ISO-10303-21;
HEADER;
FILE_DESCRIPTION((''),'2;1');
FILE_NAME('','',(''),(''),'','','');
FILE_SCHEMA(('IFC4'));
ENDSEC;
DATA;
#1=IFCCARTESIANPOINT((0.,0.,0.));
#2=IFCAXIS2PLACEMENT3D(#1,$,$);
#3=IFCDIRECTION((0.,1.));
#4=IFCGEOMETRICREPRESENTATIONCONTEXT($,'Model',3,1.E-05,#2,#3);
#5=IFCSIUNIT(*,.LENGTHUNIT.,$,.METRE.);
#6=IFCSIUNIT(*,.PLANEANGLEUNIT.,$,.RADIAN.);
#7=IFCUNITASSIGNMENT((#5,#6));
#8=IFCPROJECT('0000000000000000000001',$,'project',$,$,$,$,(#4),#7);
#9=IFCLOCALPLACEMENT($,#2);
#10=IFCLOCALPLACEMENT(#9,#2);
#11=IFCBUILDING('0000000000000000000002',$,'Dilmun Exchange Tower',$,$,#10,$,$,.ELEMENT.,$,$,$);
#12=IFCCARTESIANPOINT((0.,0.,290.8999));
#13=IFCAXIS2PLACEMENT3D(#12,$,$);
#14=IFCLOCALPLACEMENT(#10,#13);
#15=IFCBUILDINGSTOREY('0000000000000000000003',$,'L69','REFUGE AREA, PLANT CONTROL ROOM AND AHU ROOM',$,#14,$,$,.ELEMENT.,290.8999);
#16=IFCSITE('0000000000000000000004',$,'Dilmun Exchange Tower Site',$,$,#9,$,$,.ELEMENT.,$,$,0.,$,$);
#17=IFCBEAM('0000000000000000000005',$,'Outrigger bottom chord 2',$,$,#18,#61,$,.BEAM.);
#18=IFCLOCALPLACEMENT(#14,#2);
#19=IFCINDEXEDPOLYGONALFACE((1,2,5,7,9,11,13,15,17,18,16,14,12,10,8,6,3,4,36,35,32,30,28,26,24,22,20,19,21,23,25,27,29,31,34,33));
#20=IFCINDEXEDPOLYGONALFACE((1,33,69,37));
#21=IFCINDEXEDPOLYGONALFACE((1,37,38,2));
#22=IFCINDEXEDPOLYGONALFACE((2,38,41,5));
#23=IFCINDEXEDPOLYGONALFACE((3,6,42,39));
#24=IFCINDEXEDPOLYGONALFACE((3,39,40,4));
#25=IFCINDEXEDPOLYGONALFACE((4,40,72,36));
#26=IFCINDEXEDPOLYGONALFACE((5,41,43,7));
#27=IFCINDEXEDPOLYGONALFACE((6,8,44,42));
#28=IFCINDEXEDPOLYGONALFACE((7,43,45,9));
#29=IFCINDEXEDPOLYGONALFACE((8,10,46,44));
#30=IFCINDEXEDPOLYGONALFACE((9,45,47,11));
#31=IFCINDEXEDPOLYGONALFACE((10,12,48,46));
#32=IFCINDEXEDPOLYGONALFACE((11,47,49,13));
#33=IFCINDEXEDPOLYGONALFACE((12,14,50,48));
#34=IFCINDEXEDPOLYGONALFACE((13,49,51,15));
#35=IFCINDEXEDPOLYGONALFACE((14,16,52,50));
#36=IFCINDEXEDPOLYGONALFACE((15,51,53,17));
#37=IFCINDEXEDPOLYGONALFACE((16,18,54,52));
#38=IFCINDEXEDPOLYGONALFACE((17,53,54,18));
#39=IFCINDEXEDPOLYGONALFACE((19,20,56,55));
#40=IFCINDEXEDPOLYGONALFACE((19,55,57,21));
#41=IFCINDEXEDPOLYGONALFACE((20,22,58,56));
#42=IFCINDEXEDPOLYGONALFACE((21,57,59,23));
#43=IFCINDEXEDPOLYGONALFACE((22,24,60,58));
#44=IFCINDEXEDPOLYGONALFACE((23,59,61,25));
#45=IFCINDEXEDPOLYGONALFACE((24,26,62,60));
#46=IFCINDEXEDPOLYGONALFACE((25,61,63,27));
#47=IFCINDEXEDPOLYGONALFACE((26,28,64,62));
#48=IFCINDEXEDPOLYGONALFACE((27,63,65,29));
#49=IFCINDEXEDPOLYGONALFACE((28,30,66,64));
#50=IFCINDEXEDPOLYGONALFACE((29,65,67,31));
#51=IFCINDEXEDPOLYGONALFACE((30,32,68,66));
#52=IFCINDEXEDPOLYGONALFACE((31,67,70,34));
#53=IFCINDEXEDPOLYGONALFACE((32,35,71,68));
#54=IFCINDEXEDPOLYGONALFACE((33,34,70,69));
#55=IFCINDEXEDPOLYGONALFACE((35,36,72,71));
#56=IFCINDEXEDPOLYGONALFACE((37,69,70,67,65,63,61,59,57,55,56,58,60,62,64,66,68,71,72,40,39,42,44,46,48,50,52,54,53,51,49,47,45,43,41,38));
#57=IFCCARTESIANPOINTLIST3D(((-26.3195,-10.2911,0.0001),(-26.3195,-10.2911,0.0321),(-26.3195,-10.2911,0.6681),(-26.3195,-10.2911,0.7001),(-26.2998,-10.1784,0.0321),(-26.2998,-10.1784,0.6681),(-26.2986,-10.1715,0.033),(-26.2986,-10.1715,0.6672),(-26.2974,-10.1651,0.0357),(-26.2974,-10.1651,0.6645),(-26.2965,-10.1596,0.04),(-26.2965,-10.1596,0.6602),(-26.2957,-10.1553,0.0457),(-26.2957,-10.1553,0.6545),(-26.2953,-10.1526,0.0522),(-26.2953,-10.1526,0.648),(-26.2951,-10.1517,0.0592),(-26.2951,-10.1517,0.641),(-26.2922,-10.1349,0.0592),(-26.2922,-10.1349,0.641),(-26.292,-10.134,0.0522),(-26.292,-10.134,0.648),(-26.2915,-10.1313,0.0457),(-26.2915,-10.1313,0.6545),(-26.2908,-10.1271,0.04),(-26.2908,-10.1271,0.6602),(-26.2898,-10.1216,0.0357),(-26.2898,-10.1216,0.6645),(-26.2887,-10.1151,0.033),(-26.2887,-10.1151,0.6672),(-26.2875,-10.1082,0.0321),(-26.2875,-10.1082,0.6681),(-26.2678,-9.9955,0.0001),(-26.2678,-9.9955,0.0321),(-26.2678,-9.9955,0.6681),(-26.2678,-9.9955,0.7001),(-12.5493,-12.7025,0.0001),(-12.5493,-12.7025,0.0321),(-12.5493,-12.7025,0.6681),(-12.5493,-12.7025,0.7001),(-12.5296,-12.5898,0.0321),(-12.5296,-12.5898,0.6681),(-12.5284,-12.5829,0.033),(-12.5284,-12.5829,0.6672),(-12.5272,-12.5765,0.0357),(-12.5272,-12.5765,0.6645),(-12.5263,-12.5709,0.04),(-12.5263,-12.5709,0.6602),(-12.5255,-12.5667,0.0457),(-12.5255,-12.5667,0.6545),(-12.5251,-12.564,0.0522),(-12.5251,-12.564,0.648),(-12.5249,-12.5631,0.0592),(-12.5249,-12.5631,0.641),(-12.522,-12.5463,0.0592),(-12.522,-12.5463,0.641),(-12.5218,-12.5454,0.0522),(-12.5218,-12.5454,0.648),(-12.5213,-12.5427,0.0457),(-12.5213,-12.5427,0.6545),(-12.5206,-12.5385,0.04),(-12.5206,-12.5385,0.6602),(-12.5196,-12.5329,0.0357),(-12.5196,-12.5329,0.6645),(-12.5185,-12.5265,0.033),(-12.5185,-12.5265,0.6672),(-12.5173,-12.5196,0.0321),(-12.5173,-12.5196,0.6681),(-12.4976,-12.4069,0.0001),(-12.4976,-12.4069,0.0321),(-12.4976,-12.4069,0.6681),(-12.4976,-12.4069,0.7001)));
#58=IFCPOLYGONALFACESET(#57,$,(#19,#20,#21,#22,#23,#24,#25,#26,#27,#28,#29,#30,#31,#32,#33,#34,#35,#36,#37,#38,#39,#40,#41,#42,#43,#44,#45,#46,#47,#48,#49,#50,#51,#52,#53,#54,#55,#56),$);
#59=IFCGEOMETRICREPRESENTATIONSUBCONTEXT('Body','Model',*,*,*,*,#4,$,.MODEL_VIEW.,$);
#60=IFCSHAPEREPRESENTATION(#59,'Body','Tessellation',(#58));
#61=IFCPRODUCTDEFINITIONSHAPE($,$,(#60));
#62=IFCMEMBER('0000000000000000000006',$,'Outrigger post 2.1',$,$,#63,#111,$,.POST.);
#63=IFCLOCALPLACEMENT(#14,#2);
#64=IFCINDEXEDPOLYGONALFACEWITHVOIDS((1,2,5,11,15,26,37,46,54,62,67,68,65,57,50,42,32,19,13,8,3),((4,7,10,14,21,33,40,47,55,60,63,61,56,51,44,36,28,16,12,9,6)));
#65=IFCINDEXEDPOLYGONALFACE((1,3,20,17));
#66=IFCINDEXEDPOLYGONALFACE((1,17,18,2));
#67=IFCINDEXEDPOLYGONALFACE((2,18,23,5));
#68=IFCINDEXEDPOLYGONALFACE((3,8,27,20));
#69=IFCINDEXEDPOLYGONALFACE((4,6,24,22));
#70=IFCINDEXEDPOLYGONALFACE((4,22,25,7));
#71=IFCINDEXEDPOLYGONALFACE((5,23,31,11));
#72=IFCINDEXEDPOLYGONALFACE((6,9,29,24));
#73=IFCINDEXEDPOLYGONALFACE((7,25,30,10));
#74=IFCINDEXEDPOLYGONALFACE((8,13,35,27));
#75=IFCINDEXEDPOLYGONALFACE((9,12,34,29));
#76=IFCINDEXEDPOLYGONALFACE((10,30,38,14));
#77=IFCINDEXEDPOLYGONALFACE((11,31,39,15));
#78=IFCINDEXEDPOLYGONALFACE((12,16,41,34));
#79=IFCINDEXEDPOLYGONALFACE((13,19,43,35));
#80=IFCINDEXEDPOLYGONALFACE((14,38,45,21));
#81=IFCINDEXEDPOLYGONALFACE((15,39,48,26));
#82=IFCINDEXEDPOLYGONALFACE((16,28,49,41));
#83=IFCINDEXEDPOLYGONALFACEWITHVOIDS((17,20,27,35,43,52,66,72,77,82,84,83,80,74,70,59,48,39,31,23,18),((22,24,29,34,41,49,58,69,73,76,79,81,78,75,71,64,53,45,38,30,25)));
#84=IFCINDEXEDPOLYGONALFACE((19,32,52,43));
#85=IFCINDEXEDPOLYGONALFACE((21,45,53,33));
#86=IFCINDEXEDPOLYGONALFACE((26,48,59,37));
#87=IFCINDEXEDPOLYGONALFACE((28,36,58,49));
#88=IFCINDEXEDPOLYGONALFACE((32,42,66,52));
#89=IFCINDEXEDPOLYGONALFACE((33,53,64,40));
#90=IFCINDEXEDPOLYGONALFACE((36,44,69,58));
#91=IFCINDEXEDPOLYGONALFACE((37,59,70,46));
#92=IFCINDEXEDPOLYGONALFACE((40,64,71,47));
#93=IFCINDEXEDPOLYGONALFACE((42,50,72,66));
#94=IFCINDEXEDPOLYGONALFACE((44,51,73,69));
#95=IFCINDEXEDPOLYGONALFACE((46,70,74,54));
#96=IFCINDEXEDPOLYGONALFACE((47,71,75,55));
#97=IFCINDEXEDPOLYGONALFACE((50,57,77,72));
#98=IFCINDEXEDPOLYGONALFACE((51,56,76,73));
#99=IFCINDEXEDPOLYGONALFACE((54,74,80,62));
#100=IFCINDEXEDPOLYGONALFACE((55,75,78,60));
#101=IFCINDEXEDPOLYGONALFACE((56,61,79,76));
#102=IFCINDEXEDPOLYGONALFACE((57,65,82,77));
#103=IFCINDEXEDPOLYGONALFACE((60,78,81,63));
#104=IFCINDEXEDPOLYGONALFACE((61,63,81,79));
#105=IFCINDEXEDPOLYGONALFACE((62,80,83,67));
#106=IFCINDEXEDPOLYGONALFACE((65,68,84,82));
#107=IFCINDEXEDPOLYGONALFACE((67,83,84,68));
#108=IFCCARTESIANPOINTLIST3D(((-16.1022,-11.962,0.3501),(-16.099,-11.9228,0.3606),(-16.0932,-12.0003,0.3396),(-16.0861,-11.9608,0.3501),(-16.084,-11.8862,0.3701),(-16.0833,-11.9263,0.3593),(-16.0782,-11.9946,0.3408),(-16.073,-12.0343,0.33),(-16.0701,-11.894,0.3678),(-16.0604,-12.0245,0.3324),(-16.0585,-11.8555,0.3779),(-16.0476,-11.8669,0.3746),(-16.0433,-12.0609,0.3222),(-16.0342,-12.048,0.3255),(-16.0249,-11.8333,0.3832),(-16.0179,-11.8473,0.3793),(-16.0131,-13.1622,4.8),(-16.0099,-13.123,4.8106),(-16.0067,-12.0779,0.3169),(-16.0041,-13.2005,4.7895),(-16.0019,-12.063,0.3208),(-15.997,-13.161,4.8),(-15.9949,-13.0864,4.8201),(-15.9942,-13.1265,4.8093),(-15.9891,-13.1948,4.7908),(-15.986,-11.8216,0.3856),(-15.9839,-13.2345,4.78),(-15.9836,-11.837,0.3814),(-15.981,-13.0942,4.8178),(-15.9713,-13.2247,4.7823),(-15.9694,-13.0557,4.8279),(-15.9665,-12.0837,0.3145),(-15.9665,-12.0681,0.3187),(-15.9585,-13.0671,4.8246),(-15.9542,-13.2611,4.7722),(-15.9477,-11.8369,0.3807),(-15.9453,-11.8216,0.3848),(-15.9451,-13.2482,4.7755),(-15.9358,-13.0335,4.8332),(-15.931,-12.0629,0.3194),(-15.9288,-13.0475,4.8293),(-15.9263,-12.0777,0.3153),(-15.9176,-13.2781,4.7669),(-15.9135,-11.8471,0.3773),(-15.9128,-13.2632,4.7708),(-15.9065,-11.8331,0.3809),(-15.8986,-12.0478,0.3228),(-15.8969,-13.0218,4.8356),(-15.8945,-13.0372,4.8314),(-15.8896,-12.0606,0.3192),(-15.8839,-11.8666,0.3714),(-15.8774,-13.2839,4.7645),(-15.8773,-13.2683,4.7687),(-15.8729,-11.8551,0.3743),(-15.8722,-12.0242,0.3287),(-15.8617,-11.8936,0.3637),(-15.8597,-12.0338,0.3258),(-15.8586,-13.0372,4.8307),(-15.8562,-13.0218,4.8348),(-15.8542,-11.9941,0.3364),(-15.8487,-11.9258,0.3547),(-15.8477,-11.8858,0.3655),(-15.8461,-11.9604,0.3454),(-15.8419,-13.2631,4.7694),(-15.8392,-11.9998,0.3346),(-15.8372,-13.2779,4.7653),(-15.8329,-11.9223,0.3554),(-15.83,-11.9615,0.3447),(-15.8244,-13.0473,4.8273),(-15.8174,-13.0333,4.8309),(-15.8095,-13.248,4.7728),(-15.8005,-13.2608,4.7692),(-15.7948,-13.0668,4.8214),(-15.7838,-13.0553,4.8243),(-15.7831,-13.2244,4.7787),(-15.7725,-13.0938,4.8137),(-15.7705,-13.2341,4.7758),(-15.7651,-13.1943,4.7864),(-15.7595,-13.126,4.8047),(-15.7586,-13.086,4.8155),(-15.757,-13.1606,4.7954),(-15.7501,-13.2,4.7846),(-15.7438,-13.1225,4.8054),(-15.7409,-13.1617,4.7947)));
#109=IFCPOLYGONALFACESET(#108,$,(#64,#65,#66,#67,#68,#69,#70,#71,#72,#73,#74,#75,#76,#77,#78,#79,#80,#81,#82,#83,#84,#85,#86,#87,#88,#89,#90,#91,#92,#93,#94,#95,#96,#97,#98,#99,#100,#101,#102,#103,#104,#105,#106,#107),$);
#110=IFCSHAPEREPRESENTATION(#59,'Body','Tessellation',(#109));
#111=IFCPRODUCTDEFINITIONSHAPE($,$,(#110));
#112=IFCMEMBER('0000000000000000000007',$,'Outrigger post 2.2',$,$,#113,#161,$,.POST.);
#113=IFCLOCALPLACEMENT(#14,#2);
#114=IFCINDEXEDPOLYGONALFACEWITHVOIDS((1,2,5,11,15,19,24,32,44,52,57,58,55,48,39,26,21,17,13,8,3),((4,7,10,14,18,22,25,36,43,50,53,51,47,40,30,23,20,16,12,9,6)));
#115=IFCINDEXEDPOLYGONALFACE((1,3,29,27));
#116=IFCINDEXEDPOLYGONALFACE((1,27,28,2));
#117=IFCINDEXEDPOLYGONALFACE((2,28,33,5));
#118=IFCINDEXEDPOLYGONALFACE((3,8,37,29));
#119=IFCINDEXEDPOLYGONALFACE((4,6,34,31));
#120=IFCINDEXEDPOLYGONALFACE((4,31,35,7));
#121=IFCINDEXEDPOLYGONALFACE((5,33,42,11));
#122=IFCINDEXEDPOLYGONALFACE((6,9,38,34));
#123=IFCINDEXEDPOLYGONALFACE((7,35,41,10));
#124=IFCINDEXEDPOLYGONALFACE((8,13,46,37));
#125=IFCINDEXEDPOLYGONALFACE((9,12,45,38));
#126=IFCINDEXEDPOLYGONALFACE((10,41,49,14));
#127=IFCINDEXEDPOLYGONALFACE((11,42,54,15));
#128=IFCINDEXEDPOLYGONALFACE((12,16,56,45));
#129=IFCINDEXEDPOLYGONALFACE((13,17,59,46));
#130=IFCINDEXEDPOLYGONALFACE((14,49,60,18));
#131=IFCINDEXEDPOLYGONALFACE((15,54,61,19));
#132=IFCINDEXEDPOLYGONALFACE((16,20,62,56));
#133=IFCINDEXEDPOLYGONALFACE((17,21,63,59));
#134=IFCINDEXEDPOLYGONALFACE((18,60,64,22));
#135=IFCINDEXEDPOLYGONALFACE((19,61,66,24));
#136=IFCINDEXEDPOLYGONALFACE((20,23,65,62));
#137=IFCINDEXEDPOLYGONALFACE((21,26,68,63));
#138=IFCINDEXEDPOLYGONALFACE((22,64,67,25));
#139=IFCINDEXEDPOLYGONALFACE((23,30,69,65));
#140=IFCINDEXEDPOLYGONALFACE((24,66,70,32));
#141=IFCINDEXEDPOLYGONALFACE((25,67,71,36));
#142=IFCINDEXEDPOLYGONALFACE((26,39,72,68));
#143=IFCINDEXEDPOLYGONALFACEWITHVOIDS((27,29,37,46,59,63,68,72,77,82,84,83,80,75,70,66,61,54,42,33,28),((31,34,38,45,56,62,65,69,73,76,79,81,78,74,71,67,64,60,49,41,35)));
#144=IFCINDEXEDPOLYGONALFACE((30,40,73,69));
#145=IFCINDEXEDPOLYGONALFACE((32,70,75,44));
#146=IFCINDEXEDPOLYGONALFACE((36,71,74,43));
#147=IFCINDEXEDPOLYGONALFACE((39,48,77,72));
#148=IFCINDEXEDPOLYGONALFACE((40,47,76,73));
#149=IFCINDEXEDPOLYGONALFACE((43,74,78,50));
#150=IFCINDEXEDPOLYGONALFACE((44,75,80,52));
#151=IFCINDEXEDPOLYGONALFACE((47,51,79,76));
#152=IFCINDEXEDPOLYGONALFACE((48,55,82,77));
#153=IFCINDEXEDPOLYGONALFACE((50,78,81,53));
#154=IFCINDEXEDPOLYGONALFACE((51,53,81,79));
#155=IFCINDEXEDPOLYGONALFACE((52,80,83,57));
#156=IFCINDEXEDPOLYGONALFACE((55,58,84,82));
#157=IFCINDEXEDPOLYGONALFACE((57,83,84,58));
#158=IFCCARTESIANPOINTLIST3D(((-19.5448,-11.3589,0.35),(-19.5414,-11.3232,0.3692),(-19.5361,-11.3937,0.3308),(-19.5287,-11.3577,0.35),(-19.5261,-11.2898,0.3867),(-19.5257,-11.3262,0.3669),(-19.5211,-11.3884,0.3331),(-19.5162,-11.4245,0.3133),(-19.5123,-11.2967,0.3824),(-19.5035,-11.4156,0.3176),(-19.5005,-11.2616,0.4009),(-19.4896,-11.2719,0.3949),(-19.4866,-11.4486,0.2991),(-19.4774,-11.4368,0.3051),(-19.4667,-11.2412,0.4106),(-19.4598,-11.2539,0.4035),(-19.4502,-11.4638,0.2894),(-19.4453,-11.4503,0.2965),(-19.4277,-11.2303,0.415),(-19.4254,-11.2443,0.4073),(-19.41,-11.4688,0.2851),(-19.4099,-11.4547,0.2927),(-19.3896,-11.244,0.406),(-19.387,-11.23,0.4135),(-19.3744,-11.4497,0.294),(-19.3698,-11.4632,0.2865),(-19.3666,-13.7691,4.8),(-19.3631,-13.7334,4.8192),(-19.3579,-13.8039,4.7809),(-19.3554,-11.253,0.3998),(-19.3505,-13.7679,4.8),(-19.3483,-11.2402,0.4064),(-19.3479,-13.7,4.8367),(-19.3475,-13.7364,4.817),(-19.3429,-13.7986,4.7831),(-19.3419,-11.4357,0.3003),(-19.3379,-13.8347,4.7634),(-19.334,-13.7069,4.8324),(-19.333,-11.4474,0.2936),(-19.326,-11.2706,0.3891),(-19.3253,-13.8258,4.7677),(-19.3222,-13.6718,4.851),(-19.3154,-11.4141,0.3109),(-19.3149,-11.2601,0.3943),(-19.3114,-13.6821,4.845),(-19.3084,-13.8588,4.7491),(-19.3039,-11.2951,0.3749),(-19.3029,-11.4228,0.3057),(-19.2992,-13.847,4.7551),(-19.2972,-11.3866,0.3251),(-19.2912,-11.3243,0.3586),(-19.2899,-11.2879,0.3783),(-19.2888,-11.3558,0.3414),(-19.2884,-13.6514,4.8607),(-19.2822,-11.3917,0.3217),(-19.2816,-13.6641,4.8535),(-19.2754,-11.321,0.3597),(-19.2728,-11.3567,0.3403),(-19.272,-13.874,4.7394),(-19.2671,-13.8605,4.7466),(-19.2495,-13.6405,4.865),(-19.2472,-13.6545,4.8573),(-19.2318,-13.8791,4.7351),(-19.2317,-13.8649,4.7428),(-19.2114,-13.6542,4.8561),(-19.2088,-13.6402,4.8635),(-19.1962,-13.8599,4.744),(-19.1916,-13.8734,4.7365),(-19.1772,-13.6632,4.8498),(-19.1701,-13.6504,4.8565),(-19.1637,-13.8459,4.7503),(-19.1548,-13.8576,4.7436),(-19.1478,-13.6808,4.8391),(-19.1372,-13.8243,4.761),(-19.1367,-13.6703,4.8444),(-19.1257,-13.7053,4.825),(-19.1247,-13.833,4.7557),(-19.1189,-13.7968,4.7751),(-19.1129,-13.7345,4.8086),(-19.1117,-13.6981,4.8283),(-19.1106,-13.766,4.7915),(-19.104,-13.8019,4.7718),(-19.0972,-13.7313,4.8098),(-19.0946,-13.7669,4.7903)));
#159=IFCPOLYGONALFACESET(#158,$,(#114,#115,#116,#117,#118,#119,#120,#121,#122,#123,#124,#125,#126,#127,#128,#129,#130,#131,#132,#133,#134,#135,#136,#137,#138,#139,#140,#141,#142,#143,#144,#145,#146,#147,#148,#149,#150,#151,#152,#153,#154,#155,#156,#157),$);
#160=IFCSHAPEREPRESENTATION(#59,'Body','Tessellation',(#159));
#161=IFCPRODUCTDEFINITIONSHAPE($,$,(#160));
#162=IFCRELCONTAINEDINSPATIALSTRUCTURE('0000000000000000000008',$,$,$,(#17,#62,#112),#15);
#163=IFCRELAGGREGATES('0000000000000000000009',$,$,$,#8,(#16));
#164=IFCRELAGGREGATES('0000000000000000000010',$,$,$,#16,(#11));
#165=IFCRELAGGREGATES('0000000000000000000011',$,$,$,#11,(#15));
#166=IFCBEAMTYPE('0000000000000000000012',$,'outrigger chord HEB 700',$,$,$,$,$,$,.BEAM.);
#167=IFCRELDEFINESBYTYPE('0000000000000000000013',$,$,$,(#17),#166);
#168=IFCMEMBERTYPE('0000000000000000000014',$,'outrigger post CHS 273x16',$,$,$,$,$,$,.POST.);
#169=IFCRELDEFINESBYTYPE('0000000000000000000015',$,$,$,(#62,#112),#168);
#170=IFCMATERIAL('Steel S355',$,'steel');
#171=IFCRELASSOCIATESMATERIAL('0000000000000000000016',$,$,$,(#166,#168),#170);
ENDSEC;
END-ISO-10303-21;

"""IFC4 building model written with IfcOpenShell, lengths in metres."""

from ifc_helpers import new_model, si_unit, direction, frame, origin, origin_2d, place, context, subcontext, project, spatial, hollow_circle, i_section, extrude, material, material_profile, profile_set, type_object, element, save


model = new_model("IFC4")

# Units and contexts
model_context = context("Model", 3, precision=1e-05, world=origin(), true_north=direction((0.0, 1.0)))
body_context = subcontext(model_context, "Body", "Model", "MODEL_VIEW")
ifc_project = project(units=[si_unit("LENGTHUNIT", "METRE"), si_unit("PLANEANGLEUNIT", "RADIAN")], contexts=[model_context])

# Site, building, storey
site_placement = place(None, origin())
site = spatial("IfcSite", under=ifc_project, at=site_placement, Name="Dilmun Exchange Tower Site", CompositionType="ELEMENT", RefElevation=0.0)
building_placement = place(site_placement, origin())
building = spatial("IfcBuilding", under=site, at=building_placement, Name="Dilmun Exchange Tower", CompositionType="ELEMENT")
storey_placement = place(building_placement, frame((0.0, 0.0, 290.8999)))
storey = spatial("IfcBuildingStorey", under=building, at=storey_placement, Name="L69", Description="REFUGE AREA, PLANT CONTROL ROOM AND AHU ROOM", CompositionType="ELEMENT", Elevation=290.8999)

# Beam
ifc_material_1 = material(Name="Steel S355", Category="steel")
ifc_material_profile_1 = material_profile(ifc_material_1, i_section(OverallWidth=0.3, OverallDepth=0.7, WebThickness=0.0171, FlangeThickness=0.032, FilletRadius=0.0271, at=origin_2d()), Name="HEB 700")
ifc_profile_set_1 = profile_set([ifc_material_profile_1], Name="Steel S355")
beam_type = type_object("IfcBeamType", Name="outrigger chord HEB 700", PredefinedType="BEAM", material=ifc_profile_set_1)
beam_placement = place(storey_placement, frame((-12.5234, -12.5547, 0.3501), z_axis=(-0.985011, 0.17249, 0.0), x_axis=(-0.17249, -0.985011, 0.0)))
element("IfcBeam", 1, at=beam_placement, inside=storey, type_object=beam_type, Name="Outrigger bottom chord 2", PredefinedType="BEAM", context=body_context, shape_type="SweptSolid", body=[
    extrude(i_section(OverallWidth=0.3, OverallDepth=0.7, WebThickness=0.0171, FlangeThickness=0.032, FilletRadius=0.0271, at=origin_2d()), origin(), (0.0, 0.0, 1.0), 13.9797),
])

# Members
ifc_material_profile_2 = material_profile(ifc_material_1, hollow_circle(Radius=0.1365, WallThickness=0.0161, at=origin_2d()), Name="CHS 273x16")
ifc_profile_set_2 = profile_set([ifc_material_profile_2], Name="Steel S355")
member_type_1 = type_object("IfcMemberType", Name="outrigger post CHS 273x16", PredefinedType="POST", material=ifc_profile_set_2)
member_1_placement = place(storey_placement, frame((-15.877, -13.1521, 4.8), z_axis=(-0.019331, 0.260356, -0.965319), x_axis=(-0.997255, -0.074044, 0.0)))
element("IfcMember", 2, at=member_1_placement, inside=storey, type_object=member_type_1, Name="Outrigger post 2.1", PredefinedType="POST", context=body_context, shape_type="SweptSolid", body=[
    extrude(hollow_circle(Radius=0.1365, WallThickness=0.0161, at=origin_2d()), origin(), (0.0, 0.0, 1.0), 4.6099),
])
member_2_placement = place(storey_placement, frame((-19.2305, -13.759, 4.8), z_axis=(-0.035195, 0.475952, -0.878767), x_axis=(-0.997277, -0.073745, 0.0)))
element("IfcMember", 3, at=member_2_placement, inside=storey, type_object=member_type_1, Name="Outrigger post 2.2", PredefinedType="POST", context=body_context, shape_type="SweptSolid", body=[
    extrude(hollow_circle(Radius=0.1365, WallThickness=0.0161, at=origin_2d()), origin(), (0.0, 0.0, 1.0), 5.064),
])

save(model, "model.ifc")
